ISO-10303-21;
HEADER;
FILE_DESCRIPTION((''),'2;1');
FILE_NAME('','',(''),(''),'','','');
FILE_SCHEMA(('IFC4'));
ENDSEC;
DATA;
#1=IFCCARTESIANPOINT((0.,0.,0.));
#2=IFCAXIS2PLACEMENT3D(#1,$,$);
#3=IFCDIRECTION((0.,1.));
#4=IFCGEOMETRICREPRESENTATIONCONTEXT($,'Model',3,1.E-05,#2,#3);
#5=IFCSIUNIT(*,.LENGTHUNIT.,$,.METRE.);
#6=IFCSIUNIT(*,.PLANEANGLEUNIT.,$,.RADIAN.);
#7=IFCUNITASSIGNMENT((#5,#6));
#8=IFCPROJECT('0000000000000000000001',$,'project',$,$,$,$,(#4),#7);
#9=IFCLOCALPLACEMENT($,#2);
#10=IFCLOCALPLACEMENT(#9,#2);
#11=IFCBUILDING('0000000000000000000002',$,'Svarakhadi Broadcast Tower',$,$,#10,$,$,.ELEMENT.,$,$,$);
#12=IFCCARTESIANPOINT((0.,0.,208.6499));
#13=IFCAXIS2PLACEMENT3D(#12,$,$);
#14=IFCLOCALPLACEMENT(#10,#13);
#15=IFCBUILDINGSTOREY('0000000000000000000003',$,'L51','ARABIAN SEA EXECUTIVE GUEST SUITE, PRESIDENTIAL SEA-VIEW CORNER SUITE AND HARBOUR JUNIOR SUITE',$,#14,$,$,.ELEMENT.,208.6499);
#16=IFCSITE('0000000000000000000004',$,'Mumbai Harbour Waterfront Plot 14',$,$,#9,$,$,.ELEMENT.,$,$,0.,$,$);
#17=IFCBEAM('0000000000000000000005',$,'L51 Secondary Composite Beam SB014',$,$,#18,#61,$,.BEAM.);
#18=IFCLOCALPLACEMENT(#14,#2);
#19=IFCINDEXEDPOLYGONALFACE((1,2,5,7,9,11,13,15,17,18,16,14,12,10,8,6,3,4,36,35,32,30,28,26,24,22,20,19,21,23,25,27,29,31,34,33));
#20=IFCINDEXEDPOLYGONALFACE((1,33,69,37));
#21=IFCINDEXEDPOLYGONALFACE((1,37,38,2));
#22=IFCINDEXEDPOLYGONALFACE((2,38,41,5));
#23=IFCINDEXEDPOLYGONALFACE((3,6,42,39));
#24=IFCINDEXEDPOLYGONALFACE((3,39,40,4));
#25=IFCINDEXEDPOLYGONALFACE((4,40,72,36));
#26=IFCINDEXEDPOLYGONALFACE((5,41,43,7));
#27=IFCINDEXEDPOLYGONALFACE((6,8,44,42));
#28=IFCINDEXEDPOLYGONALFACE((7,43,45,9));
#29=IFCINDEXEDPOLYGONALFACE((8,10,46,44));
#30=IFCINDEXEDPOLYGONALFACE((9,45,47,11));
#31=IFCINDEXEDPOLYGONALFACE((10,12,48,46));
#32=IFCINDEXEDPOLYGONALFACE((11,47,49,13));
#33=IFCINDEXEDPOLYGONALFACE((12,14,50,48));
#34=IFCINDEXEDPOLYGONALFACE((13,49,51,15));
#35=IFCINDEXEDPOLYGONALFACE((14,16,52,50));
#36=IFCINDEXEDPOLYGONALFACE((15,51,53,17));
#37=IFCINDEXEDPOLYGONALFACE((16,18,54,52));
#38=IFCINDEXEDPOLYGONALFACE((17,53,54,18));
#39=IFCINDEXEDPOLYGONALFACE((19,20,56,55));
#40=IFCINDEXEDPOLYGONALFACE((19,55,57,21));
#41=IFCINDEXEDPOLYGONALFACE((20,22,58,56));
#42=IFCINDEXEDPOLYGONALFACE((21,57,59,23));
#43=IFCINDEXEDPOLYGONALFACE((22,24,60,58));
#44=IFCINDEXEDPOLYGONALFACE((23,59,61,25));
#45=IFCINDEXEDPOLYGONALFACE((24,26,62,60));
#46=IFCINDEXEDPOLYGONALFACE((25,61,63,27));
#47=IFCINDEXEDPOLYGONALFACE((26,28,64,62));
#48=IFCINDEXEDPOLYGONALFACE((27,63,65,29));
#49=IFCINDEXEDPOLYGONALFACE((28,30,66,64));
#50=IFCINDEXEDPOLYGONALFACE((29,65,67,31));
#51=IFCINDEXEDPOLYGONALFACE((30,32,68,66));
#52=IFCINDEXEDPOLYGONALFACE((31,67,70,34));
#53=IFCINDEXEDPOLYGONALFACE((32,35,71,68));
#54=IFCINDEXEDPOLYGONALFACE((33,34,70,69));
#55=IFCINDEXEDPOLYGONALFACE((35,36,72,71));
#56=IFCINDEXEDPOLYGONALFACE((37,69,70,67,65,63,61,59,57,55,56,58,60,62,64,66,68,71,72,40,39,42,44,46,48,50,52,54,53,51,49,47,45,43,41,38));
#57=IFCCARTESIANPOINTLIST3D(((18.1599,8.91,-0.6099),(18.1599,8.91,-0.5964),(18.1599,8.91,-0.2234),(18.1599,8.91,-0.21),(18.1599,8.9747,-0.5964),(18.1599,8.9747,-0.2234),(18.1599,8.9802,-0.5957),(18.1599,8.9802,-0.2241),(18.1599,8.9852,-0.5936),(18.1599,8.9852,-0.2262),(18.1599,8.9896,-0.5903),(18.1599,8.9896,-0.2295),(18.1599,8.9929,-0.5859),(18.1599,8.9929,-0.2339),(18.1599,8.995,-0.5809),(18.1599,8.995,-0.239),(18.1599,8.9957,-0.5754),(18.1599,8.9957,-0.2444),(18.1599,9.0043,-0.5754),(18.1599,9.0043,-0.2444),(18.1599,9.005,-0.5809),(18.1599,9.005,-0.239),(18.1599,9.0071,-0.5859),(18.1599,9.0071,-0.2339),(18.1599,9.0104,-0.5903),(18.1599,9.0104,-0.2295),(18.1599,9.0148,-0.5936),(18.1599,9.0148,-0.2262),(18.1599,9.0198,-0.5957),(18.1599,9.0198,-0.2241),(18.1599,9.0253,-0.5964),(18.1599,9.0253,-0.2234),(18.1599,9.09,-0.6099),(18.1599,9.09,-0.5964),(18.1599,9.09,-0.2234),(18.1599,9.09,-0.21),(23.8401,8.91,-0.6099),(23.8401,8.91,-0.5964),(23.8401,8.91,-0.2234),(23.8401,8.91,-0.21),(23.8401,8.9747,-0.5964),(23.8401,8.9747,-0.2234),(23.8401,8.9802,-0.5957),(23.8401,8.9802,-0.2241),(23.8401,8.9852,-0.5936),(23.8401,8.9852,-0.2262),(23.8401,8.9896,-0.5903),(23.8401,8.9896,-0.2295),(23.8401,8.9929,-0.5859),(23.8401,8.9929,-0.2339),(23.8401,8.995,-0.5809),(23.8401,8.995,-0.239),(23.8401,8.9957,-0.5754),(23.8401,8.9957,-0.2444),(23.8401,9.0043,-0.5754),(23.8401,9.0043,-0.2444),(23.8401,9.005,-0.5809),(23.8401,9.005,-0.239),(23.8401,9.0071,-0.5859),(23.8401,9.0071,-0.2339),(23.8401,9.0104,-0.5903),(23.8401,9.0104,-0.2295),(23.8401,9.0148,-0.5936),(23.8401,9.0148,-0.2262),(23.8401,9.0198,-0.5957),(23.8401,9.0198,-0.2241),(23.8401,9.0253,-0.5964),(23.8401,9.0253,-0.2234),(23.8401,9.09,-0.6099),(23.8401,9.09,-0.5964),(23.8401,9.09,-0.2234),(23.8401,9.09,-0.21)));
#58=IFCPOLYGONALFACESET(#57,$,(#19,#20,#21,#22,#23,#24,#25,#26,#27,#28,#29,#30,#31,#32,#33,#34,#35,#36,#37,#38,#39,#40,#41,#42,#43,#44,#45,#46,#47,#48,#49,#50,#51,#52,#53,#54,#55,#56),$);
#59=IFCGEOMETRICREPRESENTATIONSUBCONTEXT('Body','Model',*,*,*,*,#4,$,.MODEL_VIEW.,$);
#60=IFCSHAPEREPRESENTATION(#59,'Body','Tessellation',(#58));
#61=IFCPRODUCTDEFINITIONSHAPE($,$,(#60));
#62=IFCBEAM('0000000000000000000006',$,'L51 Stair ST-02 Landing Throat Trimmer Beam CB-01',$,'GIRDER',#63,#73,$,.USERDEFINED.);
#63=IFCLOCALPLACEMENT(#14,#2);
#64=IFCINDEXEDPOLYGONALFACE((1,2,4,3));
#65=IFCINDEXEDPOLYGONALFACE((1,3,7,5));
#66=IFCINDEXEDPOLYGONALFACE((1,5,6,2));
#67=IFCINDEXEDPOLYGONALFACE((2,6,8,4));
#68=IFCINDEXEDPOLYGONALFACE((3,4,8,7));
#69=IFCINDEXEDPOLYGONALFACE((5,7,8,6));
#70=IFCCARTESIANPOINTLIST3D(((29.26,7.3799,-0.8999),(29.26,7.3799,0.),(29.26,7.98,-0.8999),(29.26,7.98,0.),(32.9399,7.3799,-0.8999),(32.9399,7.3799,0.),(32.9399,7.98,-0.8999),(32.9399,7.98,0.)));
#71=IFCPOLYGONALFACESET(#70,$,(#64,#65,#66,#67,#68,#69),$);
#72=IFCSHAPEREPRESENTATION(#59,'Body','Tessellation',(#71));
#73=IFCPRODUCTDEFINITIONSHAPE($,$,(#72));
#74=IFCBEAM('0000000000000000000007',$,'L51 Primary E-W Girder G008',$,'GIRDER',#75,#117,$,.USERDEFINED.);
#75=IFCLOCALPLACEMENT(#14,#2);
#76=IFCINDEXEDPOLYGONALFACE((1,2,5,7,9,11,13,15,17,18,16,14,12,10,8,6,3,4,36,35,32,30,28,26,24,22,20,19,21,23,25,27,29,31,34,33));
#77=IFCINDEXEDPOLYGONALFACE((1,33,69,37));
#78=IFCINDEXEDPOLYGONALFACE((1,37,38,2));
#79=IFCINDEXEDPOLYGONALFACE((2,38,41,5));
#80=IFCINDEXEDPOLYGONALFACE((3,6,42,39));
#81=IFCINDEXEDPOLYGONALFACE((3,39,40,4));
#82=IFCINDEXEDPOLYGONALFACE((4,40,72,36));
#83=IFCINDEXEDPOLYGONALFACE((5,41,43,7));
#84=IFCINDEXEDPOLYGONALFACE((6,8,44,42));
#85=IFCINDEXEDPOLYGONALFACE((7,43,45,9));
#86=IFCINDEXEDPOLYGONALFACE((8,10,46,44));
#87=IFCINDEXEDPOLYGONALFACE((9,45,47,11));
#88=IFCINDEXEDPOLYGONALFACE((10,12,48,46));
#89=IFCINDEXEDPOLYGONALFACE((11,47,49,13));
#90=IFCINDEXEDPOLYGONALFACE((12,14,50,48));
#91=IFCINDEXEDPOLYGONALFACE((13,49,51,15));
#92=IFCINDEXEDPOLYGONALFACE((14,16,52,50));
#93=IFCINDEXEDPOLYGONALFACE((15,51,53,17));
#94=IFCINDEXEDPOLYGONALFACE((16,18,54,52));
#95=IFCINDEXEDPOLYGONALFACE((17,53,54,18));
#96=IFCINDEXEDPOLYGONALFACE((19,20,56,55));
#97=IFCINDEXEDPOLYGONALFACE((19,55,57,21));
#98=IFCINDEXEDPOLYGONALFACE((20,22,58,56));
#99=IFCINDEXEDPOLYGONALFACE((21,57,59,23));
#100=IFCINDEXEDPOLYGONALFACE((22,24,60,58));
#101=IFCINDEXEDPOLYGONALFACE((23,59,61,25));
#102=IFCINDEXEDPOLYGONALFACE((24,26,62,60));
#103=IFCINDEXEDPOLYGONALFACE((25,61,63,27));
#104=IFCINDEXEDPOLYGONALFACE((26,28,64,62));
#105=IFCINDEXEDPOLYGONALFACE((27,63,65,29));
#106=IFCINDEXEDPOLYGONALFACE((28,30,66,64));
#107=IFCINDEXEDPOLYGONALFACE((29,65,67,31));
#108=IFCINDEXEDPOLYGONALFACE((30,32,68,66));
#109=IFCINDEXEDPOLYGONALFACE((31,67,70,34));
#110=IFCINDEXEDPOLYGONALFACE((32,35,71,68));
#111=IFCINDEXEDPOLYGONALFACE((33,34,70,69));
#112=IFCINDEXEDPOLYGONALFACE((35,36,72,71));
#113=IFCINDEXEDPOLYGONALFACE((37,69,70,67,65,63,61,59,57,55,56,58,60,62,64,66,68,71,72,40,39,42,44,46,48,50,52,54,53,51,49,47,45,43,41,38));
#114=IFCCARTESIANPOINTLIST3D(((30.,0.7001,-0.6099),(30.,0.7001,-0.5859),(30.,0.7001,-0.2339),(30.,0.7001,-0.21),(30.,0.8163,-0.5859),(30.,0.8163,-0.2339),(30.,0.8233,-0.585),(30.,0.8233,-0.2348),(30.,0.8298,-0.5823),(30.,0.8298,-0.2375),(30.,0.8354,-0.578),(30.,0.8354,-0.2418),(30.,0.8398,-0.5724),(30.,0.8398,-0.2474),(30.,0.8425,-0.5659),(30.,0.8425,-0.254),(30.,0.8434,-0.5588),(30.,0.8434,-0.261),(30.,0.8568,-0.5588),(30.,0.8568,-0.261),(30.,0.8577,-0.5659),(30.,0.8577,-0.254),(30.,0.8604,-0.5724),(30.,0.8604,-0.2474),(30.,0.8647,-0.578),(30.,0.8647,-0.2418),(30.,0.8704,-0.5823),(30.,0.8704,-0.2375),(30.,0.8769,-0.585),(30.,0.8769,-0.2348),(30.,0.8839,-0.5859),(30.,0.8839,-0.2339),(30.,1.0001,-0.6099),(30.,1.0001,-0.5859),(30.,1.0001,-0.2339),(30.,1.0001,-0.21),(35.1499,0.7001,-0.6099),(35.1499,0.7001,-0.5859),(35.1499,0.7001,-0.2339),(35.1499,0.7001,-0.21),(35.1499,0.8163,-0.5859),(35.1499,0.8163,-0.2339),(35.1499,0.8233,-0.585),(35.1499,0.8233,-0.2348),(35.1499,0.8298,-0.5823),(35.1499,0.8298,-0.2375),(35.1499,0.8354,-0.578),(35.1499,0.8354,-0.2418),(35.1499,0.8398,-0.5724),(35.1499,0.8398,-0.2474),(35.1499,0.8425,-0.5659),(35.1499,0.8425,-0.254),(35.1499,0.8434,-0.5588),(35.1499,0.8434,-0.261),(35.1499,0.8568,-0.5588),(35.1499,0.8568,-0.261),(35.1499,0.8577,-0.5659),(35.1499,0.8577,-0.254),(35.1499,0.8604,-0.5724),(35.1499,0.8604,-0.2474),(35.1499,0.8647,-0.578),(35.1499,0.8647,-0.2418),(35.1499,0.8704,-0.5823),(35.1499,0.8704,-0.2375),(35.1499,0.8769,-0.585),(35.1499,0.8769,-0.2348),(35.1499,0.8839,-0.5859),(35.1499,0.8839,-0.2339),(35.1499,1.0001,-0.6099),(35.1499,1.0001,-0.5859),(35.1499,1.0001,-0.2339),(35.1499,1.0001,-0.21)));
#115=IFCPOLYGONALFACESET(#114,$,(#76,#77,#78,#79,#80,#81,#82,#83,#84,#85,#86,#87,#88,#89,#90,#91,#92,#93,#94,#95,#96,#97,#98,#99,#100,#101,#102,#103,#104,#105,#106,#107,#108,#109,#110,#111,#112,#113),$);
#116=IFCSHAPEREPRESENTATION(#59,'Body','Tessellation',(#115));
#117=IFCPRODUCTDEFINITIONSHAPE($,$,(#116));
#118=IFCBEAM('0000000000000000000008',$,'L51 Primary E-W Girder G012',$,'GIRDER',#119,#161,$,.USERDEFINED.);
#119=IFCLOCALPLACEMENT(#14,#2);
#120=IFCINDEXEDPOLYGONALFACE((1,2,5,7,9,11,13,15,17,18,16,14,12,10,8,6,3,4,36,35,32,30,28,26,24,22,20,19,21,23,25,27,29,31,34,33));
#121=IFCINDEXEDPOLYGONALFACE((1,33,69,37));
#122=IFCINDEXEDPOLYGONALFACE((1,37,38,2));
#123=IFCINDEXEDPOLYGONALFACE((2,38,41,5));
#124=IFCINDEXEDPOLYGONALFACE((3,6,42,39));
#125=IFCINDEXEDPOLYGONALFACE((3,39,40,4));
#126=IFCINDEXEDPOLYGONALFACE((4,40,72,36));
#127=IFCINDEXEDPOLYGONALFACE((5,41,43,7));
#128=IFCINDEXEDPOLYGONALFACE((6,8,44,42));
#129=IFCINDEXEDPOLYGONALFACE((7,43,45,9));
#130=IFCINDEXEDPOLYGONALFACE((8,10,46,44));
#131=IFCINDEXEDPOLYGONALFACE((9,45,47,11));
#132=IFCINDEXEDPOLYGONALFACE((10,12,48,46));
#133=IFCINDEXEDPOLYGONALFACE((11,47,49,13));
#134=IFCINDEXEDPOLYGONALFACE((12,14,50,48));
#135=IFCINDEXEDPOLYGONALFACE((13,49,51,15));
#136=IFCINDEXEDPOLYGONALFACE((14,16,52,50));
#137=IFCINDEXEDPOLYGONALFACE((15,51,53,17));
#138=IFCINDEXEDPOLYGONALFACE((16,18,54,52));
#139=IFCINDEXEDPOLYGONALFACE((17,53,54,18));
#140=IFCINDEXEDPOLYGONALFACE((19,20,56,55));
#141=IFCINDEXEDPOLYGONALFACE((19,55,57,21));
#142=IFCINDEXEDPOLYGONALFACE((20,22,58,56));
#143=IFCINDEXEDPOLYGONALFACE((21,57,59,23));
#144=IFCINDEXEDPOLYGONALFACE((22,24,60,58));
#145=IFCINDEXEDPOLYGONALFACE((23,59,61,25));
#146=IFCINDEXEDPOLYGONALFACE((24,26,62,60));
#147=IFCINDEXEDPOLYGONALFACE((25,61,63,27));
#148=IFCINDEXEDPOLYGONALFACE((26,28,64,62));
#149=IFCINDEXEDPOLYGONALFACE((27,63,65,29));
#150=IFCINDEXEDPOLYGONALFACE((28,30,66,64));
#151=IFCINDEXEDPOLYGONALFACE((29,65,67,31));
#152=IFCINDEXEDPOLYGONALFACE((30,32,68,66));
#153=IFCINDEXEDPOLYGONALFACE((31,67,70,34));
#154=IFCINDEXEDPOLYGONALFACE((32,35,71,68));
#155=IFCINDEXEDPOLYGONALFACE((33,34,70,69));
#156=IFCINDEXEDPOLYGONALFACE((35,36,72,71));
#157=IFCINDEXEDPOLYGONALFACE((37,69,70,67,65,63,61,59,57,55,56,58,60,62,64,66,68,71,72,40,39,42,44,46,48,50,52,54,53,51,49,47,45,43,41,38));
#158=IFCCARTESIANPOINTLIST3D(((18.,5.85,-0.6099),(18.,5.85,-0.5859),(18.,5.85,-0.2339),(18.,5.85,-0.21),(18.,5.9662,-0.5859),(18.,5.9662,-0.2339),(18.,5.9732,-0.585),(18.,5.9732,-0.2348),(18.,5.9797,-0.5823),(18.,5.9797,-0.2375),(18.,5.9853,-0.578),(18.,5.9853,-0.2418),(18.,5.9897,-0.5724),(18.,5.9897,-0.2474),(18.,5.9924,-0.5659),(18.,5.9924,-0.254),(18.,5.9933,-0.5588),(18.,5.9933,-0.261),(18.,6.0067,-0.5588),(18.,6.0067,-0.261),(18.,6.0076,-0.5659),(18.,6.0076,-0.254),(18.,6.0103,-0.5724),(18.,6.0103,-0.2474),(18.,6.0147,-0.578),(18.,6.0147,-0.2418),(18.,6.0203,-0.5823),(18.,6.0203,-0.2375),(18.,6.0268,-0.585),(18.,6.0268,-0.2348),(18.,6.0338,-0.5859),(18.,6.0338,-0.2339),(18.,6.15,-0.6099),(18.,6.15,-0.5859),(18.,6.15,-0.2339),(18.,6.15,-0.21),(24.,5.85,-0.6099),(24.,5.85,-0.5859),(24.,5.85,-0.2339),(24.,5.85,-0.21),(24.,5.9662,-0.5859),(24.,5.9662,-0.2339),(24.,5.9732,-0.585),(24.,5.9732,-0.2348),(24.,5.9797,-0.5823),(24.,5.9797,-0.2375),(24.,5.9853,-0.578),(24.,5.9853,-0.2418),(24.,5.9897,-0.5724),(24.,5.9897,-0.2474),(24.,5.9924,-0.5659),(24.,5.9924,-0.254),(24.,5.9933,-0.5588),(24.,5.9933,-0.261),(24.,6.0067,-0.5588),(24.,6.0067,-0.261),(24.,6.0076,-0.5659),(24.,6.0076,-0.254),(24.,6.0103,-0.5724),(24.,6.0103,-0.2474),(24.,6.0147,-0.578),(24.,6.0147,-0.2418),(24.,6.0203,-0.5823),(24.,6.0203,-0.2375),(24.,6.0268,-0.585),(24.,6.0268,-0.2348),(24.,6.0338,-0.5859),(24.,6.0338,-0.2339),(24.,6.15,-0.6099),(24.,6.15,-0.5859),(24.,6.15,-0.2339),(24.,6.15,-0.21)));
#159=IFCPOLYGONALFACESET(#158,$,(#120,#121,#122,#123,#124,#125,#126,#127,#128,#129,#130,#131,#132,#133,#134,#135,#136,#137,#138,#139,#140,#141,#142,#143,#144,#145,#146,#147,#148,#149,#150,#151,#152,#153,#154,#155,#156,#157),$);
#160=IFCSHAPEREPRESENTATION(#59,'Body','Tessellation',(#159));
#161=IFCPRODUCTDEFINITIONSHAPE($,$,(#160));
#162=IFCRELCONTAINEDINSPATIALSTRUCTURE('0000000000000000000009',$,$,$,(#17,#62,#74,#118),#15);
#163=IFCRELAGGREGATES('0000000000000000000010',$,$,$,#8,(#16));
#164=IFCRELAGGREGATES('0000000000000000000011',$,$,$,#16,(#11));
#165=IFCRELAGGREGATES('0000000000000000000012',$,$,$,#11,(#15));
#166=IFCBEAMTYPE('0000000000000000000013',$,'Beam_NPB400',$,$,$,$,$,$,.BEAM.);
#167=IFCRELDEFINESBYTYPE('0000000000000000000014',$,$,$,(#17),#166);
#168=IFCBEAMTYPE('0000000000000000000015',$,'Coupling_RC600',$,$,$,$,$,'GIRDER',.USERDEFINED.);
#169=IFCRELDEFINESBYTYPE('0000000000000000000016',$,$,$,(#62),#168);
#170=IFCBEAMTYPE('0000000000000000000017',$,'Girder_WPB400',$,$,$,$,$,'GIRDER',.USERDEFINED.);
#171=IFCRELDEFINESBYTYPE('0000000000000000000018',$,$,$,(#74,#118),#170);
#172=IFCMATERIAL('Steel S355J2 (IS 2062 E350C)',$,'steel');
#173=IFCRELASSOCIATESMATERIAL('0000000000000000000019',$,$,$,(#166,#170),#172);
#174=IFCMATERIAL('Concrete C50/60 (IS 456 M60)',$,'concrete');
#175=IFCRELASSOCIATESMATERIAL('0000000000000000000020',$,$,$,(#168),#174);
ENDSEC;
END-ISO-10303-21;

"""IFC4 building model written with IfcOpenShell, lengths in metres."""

from ifc_helpers import new_model, si_unit, direction, frame, origin, origin_2d, place, context, subcontext, project, spatial, rectangle, i_section, extrude, material, material_profile, profile_set, type_object, element, save


model = new_model("IFC4")

# Units and contexts
model_context = context("Model", 3, precision=1e-05, world=origin(), true_north=direction((0.0, 1.0)))
body_context = subcontext(model_context, "Body", "Model", "MODEL_VIEW")
ifc_project = project(units=[si_unit("LENGTHUNIT", "METRE"), si_unit("PLANEANGLEUNIT", "RADIAN")], contexts=[model_context])

# Site, building, storey
site_placement = place(None, origin())
site = spatial("IfcSite", under=ifc_project, at=site_placement, Name="Mumbai Harbour Waterfront Plot 14", CompositionType="ELEMENT", RefElevation=0.0)
building_placement = place(site_placement, origin())
building = spatial("IfcBuilding", under=site, at=building_placement, Name="Svarakhadi Broadcast Tower", CompositionType="ELEMENT")
storey_placement = place(building_placement, frame((0.0, 0.0, 208.6499)))
storey = spatial("IfcBuildingStorey", under=building, at=storey_placement, Name="L51", Description="ARABIAN SEA EXECUTIVE GUEST SUITE, PRESIDENTIAL SEA-VIEW CORNER SUITE AND HARBOUR JUNIOR SUITE", CompositionType="ELEMENT", Elevation=208.6499)

# Shared definitions
ifc_material_1 = material(Name="Concrete C50/60 (IS 456 M60)", Category="concrete")

# Beams
ifc_material_2 = material(Name="Steel S355J2 (IS 2062 E350C)", Category="steel")
ifc_material_profile_1 = material_profile(ifc_material_2, i_section(OverallWidth=0.1799, OverallDepth=0.3999, WebThickness=0.0085, FlangeThickness=0.0134, FilletRadius=0.021, at=origin_2d()), Name="NPB 400x180x66")
ifc_profile_set_1 = profile_set([ifc_material_profile_1], Name="Steel S355J2 (IS 2062 E350C)")
beam_type_1 = type_object("IfcBeamType", Name="Beam_NPB400", PredefinedType="BEAM", material=ifc_profile_set_1)
for number, where, z_axis, x_axis, name in (
    (1, (18.1599, 9.0, -0.4099), (1.0, 0.0, 0.0), (0.0, 1.0, 0.0), "L51 Secondary Composite Beam SB014"),
):
    element("IfcBeam", number, at=place(storey_placement, frame(where, z_axis=z_axis, x_axis=x_axis)), inside=storey, type_object=beam_type_1, Name=name, PredefinedType="BEAM", context=body_context, shape_type="SweptSolid", body=[
        extrude(i_section(OverallWidth=0.1799, OverallDepth=0.3999, WebThickness=0.0085, FlangeThickness=0.0134, FilletRadius=0.021, at=origin_2d()), origin(), (0.0, 0.0, 1.0), 5.6802),
    ])
ifc_material_profile_2 = material_profile(ifc_material_1, rectangle(XDim=0.6001, YDim=0.8999, at=origin_2d()), Name="RC 600x900")
ifc_profile_set_2 = profile_set([ifc_material_profile_2], Name="Concrete C50/60 (IS 456 M60)")
beam_type_2 = type_object("IfcBeamType", Name="Coupling_RC600", ElementType="GIRDER", PredefinedType="USERDEFINED", material=ifc_profile_set_2)
beam_1_placement = place(storey_placement, frame((29.26, 7.6799, -0.45), z_axis=(1.0, 0.0, 0.0), x_axis=(0.0, 1.0, 0.0)))
element("IfcBeam", 2, at=beam_1_placement, inside=storey, type_object=beam_type_2, Name="L51 Stair ST-02 Landing Throat Trimmer Beam CB-01", ObjectType="GIRDER", PredefinedType="USERDEFINED", context=body_context, shape_type="SweptSolid", body=[
    extrude(rectangle(XDim=0.6001, YDim=0.8999, at=origin_2d()), origin(), (0.0, 0.0, 1.0), 3.6799),
])
ifc_material_profile_3 = material_profile(ifc_material_2, i_section(OverallWidth=0.3, OverallDepth=0.3999, WebThickness=0.0134, FlangeThickness=0.0239, FilletRadius=0.0271, at=origin_2d()), Name="WPB 400x300x155")
ifc_profile_set_3 = profile_set([ifc_material_profile_3], Name="Steel S355J2 (IS 2062 E350C)")
beam_type_3 = type_object("IfcBeamType", Name="Girder_WPB400", ElementType="GIRDER", PredefinedType="USERDEFINED", material=ifc_profile_set_3)
beam_2_placement = place(storey_placement, frame((30.0, 0.8501, -0.4099), z_axis=(1.0, 0.0, 0.0), x_axis=(0.0, 1.0, 0.0)))
element("IfcBeam", 3, at=beam_2_placement, inside=storey, type_object=beam_type_3, Name="L51 Primary E-W Girder G008", ObjectType="GIRDER", PredefinedType="USERDEFINED", context=body_context, shape_type="SweptSolid", body=[
    extrude(i_section(OverallWidth=0.3, OverallDepth=0.3999, WebThickness=0.0134, FlangeThickness=0.0239, FilletRadius=0.0271, at=origin_2d()), origin(), (0.0, 0.0, 1.0), 5.1499),
])
for number, where, z_axis, x_axis, name in (
    (4, (18.0, 6.0, -0.4099), (1.0, 0.0, 0.0), (0.0, 1.0, 0.0), "L51 Primary E-W Girder G012"),
):
    element("IfcBeam", number, at=place(storey_placement, frame(where, z_axis=z_axis, x_axis=x_axis)), inside=storey, type_object=beam_type_3, Name=name, ObjectType="GIRDER", PredefinedType="USERDEFINED", context=body_context, shape_type="SweptSolid", body=[
        extrude(i_section(OverallWidth=0.3, OverallDepth=0.3999, WebThickness=0.0134, FlangeThickness=0.0239, FilletRadius=0.0271, at=origin_2d()), origin(), (0.0, 0.0, 1.0), 6.0),
    ])

save(model, "model.ifc")
